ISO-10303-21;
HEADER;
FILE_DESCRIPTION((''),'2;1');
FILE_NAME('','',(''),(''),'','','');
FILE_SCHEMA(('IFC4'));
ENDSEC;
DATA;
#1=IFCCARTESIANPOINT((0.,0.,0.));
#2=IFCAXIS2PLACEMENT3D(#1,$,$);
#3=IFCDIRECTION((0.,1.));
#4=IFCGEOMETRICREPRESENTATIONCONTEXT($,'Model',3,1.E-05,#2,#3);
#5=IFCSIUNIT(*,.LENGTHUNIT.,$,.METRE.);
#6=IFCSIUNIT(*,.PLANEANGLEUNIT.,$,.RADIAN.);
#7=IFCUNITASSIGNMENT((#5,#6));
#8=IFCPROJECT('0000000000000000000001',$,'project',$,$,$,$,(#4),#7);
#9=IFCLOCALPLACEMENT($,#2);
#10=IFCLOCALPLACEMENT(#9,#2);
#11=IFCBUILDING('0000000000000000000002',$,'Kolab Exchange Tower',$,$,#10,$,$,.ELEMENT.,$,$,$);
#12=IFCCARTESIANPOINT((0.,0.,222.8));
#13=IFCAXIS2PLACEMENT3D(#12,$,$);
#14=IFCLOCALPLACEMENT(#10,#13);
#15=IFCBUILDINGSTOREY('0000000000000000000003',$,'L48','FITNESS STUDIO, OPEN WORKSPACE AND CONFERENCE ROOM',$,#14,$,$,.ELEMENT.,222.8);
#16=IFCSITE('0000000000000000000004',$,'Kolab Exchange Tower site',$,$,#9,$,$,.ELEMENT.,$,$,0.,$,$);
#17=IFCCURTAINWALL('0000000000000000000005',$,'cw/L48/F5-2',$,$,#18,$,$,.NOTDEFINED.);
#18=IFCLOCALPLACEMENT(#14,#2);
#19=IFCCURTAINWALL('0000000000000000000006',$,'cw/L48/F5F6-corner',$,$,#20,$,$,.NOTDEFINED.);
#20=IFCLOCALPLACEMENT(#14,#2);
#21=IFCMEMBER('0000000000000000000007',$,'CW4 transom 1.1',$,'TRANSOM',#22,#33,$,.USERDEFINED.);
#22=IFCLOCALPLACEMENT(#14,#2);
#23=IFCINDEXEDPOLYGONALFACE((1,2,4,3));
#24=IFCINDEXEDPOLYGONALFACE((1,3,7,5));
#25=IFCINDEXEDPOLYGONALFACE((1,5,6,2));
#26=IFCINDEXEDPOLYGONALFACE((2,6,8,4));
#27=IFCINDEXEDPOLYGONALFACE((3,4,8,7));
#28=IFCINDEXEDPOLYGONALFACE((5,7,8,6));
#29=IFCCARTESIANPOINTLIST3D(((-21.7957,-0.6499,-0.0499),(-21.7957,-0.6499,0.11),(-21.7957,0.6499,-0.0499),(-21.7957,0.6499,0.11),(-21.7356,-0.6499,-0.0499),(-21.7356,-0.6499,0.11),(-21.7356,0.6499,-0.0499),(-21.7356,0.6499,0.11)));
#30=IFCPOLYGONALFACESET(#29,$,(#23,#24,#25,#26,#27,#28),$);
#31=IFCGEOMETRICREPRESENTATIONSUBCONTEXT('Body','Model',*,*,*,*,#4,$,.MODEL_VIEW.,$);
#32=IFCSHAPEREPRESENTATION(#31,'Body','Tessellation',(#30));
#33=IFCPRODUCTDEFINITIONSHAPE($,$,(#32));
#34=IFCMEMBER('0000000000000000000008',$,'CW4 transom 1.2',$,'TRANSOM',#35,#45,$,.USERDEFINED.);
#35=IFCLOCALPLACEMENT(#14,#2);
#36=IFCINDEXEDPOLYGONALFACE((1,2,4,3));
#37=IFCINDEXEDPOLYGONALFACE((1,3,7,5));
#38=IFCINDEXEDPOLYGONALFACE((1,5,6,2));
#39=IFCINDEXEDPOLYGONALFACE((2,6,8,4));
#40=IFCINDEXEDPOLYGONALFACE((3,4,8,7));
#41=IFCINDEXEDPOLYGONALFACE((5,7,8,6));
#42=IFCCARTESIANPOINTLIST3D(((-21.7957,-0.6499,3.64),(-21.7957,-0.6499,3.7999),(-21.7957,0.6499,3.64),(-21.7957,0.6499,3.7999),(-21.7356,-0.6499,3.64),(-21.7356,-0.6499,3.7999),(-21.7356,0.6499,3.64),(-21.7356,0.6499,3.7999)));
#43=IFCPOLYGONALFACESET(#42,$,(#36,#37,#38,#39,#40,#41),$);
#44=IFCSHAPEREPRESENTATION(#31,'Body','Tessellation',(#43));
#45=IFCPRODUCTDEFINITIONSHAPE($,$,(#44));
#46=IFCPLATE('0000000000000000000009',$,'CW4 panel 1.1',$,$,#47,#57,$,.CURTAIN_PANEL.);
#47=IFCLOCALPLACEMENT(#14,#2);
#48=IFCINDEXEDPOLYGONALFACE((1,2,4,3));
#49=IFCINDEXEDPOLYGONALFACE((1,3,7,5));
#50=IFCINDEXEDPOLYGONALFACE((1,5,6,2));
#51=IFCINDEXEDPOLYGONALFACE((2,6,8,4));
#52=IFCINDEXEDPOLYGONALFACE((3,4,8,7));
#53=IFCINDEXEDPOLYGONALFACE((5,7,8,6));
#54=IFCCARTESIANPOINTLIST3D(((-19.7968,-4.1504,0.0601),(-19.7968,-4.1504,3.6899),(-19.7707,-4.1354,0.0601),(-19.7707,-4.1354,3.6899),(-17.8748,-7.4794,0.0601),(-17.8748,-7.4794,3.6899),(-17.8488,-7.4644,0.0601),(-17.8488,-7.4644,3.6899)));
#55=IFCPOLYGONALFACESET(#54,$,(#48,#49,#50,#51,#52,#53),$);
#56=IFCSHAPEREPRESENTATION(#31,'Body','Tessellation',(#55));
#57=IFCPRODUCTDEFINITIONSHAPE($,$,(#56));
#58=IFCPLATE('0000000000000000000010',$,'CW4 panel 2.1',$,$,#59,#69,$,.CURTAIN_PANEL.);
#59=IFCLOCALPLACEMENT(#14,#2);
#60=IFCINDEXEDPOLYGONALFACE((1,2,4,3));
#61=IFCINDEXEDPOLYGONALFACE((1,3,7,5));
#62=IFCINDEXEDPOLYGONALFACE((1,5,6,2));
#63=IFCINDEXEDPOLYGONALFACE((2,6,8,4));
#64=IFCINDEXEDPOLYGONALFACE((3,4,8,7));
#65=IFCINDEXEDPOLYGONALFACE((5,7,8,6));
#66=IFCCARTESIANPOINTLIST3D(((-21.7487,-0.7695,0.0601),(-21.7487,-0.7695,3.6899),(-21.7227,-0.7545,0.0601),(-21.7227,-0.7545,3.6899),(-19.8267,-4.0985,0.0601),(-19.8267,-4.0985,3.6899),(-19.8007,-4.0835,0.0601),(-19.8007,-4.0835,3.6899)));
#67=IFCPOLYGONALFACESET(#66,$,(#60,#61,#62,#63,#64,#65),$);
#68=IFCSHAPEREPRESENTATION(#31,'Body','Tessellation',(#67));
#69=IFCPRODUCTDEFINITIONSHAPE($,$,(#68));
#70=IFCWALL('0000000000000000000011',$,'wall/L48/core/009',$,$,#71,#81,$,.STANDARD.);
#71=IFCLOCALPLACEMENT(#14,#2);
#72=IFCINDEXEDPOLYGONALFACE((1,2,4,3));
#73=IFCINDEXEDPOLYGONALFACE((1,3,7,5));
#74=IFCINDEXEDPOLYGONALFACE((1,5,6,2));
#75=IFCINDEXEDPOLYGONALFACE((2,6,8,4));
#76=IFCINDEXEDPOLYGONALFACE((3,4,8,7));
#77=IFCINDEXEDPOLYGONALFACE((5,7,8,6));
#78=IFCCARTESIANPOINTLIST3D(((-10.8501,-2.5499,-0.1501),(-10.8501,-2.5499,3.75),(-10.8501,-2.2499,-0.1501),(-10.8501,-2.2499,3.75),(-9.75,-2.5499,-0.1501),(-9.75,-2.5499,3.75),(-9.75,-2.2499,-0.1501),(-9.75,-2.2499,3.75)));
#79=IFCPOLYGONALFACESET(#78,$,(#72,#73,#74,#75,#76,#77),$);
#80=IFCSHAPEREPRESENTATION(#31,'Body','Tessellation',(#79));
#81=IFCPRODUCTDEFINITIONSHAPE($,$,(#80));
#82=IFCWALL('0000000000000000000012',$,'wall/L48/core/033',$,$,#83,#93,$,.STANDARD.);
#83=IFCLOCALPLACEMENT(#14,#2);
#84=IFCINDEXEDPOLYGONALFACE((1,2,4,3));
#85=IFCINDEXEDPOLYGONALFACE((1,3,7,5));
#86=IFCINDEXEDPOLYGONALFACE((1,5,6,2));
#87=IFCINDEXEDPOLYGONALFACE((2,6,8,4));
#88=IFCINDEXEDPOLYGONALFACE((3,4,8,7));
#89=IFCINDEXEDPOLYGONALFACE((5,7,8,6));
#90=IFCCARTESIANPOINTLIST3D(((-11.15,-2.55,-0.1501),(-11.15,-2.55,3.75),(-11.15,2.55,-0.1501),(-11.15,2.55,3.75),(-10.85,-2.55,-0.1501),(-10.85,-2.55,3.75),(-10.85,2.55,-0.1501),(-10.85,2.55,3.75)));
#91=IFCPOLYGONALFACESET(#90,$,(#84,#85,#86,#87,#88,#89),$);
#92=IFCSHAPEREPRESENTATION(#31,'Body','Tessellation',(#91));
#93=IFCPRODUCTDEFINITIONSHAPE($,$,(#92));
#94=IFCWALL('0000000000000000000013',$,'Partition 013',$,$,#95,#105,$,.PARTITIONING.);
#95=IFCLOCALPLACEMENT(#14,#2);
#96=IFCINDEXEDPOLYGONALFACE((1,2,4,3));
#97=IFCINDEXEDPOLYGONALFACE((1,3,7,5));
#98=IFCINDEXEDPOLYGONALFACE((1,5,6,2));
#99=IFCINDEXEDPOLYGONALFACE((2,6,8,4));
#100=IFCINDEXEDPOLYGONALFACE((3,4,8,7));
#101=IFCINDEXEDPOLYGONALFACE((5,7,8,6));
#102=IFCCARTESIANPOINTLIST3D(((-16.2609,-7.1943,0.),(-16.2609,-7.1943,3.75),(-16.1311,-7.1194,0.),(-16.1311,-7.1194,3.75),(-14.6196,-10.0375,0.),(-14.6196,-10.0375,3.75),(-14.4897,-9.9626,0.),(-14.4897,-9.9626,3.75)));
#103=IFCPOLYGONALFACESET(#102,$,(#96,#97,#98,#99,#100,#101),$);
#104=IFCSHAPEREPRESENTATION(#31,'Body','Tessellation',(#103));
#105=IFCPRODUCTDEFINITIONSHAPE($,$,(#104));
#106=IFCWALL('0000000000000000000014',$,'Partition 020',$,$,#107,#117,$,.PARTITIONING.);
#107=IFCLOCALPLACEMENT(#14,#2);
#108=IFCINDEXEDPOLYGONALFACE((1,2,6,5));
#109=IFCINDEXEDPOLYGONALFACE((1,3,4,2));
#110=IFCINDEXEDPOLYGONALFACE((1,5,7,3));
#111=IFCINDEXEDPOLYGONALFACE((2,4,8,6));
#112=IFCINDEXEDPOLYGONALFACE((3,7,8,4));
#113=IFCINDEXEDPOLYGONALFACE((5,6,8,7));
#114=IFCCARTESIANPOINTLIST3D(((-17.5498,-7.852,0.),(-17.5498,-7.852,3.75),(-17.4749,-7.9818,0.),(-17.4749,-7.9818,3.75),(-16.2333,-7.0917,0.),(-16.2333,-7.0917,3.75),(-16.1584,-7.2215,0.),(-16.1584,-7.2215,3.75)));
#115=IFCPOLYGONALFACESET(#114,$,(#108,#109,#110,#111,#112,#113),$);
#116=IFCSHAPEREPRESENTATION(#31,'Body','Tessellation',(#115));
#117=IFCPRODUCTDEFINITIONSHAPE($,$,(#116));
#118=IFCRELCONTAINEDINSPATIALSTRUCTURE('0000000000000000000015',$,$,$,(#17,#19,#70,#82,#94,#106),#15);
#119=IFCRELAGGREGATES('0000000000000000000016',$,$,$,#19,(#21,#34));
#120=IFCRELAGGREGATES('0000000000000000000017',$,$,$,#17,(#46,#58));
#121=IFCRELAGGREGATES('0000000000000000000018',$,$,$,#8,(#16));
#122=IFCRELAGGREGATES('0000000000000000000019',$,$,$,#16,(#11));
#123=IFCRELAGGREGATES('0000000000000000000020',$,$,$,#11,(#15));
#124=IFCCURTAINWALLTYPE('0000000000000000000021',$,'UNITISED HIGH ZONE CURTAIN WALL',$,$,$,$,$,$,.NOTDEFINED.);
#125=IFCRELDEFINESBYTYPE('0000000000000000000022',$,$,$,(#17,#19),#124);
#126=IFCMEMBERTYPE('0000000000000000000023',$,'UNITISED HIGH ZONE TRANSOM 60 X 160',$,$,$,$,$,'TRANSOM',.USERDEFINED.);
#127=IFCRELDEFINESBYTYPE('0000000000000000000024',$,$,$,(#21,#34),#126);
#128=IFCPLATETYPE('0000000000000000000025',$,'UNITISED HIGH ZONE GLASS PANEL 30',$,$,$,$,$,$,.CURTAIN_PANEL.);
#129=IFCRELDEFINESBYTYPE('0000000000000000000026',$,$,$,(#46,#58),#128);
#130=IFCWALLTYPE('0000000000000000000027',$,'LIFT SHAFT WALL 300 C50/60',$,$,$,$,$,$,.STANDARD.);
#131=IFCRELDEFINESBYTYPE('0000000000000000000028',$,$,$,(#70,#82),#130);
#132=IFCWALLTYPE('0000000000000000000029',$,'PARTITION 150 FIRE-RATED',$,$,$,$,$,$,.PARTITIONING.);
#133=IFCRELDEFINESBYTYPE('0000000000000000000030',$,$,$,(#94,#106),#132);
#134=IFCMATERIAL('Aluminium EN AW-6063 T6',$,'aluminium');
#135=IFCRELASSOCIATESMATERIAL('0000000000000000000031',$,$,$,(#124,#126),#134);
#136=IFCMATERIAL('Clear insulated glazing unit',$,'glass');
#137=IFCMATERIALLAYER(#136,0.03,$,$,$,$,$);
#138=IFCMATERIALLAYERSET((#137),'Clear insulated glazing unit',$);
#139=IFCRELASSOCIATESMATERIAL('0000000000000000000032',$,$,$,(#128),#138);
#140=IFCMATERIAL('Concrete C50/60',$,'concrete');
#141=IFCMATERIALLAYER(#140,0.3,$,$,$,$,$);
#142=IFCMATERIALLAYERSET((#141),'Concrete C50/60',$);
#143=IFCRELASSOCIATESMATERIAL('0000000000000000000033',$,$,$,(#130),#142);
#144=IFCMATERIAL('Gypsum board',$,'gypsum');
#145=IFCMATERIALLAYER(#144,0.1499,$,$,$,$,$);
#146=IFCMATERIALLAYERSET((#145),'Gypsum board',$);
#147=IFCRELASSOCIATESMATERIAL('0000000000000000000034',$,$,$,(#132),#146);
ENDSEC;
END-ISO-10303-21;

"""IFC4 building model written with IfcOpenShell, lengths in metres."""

from ifc_helpers import new_model, si_unit, direction, frame, frame_2d, origin, origin_2d, place, context, subcontext, project, spatial, rectangle, extrude, material, layer, layer_set, material_profile, profile_set, type_object, element, aggregate, save


model = new_model("IFC4")

# Units and contexts
model_context = context("Model", 3, precision=1e-05, world=origin(), true_north=direction((0.0, 1.0)))
body_context = subcontext(model_context, "Body", "Model", "MODEL_VIEW")
ifc_project = project(units=[si_unit("LENGTHUNIT", "METRE"), si_unit("PLANEANGLEUNIT", "RADIAN")], contexts=[model_context])

# Site, building, storey
site_placement = place(None, origin())
site = spatial("IfcSite", under=ifc_project, at=site_placement, Name="Kolab Exchange Tower site", CompositionType="ELEMENT", RefElevation=0.0)
building_placement = place(site_placement, origin())
building = spatial("IfcBuilding", under=site, at=building_placement, Name="Kolab Exchange Tower", CompositionType="ELEMENT")
storey_placement = place(building_placement, frame((0.0, 0.0, 222.8)))
storey = spatial("IfcBuildingStorey", under=building, at=storey_placement, Name="L48", Description="FITNESS STUDIO, OPEN WORKSPACE AND CONFERENCE ROOM", CompositionType="ELEMENT", Elevation=222.8)

# Shared definitions
ifc_material_1 = material(Name="Concrete C50/60", Category="concrete")

# Curtain wall
ifc_material_2 = material(Name="Aluminium EN AW-6063 T6", Category="aluminium")
curtain_wall_type = type_object("IfcCurtainWallType", Name="UNITISED HIGH ZONE CURTAIN WALL", PredefinedType="NOTDEFINED", material=ifc_material_2)
curtain_wall_1_placement = place(storey_placement, origin())
curtain_wall_1 = element("IfcCurtainWall", 1, at=curtain_wall_1_placement, inside=storey, type_object=curtain_wall_type, Name="cw/L48/F5-2", PredefinedType="NOTDEFINED")

# Curtain wall
curtain_wall_2_placement = place(storey_placement, origin())
curtain_wall_2 = element("IfcCurtainWall", 2, at=curtain_wall_2_placement, inside=storey, type_object=curtain_wall_type, Name="cw/L48/F5F6-corner", PredefinedType="NOTDEFINED")

# Members
ifc_material_profile_1 = material_profile(ifc_material_2, rectangle(XDim=0.0601, YDim=0.1599, at=origin_2d()), Name="RECT 60X160")
ifc_profile_set_1 = profile_set([ifc_material_profile_1], Name="Aluminium EN AW-6063 T6")
member_type_1 = type_object("IfcMemberType", Name="UNITISED HIGH ZONE TRANSOM 60 X 160", ElementType="TRANSOM", PredefinedType="USERDEFINED", material=ifc_profile_set_1)
member_1_placement = place(storey_placement, frame((-21.7656, -0.6499, 0.03), z_axis=(0.0, 1.0, 0.0), x_axis=(-1.0, 0.0, 0.0)))
member_1 = element("IfcMember", 3, at=member_1_placement, type_object=member_type_1, Name="CW4 transom 1.1", ObjectType="TRANSOM", PredefinedType="USERDEFINED", context=body_context, shape_type="SweptSolid", body=[
    extrude(rectangle(XDim=0.0601, YDim=0.1599, at=origin_2d()), origin(), (0.0, 0.0, 1.0), 1.2998),
])
member_2_placement = place(storey_placement, frame((-21.7656, -0.6499, 3.72), z_axis=(0.0, 1.0, 0.0), x_axis=(-1.0, 0.0, 0.0)))
member_2 = element("IfcMember", 4, at=member_2_placement, type_object=member_type_1, Name="CW4 transom 1.2", ObjectType="TRANSOM", PredefinedType="USERDEFINED", context=body_context, shape_type="SweptSolid", body=[
    extrude(rectangle(XDim=0.0601, YDim=0.1599, at=origin_2d()), origin(), (0.0, 0.0, 1.0), 1.2998),
])
aggregate(curtain_wall_2, [member_1, member_2])

# Plates
ifc_material_3 = material(Name="Clear insulated glazing unit", Category="glass")
ifc_layer_1 = layer(ifc_material_3, 0.03)
ifc_layer_set_1 = layer_set([ifc_layer_1], Name="Clear insulated glazing unit")
plate_type = type_object("IfcPlateType", Name="UNITISED HIGH ZONE GLASS PANEL 30", PredefinedType="CURTAIN_PANEL", material=ifc_layer_set_1)
plate_1_placement = place(storey_placement, frame((-18.8228, -5.8074, 0.0601), z_axis=(0.0, 0.0, 1.0), x_axis=(-0.5, 0.866025, 0.0)))
plate_1 = element("IfcPlate", 5, at=plate_1_placement, type_object=plate_type, Name="CW4 panel 1.1", PredefinedType="CURTAIN_PANEL", context=body_context, shape_type="SweptSolid", body=[
    extrude(rectangle(XDim=3.844, YDim=0.03, at=origin_2d()), origin(), (0.0, 0.0, 1.0), 3.6299),
])
plate_2_placement = place(storey_placement, frame((-20.7747, -2.4265, 0.0601), z_axis=(0.0, 0.0, 1.0), x_axis=(-0.5, 0.866025, 0.0)))
plate_2 = element("IfcPlate", 6, at=plate_2_placement, type_object=plate_type, Name="CW4 panel 2.1", PredefinedType="CURTAIN_PANEL", context=body_context, shape_type="SweptSolid", body=[
    extrude(rectangle(XDim=3.844, YDim=0.03, at=origin_2d()), origin(), (0.0, 0.0, 1.0), 3.6299),
])
aggregate(curtain_wall_1, [plate_1, plate_2])

# Walls
ifc_layer_2 = layer(ifc_material_1, 0.3)
ifc_layer_set_2 = layer_set([ifc_layer_2], Name="Concrete C50/60")
wall_type_1 = type_object("IfcWallType", Name="LIFT SHAFT WALL 300 C50/60", PredefinedType="STANDARD", material=ifc_layer_set_2)
wall_1_placement = place(storey_placement, frame((-10.8501, -2.3999, -0.1501), z_axis=(0.0, 0.0, 1.0), x_axis=(1.0, 0.0, 0.0)))
element("IfcWall", 7, at=wall_1_placement, inside=storey, type_object=wall_type_1, Name="wall/L48/core/009", PredefinedType="STANDARD", context=body_context, shape_type="SweptSolid", body=[
    extrude(rectangle(XDim=1.1001, YDim=0.3, at=frame_2d((0.55, 0.0))), origin(), (0.0, 0.0, 1.0), 3.9001),
])
wall_2_placement = place(storey_placement, frame((-11.0, -2.55, -0.1501), z_axis=(0.0, 0.0, 1.0), x_axis=(0.0, 1.0, 0.0)))
element("IfcWall", 8, at=wall_2_placement, inside=storey, type_object=wall_type_1, Name="wall/L48/core/033", PredefinedType="STANDARD", context=body_context, shape_type="SweptSolid", body=[
    extrude(rectangle(XDim=5.1001, YDim=0.3, at=frame_2d((2.55, 0.0))), origin(), (0.0, 0.0, 1.0), 3.9001),
])
ifc_material_4 = material(Name="Gypsum board", Category="gypsum")
ifc_layer_3 = layer(ifc_material_4, 0.1499)
ifc_layer_set_3 = layer_set([ifc_layer_3], Name="Gypsum board")
wall_type_2 = type_object("IfcWallType", Name="PARTITION 150 FIRE-RATED", PredefinedType="PARTITIONING", material=ifc_layer_set_3)
wall_3_placement = place(storey_placement, frame((-16.196, -7.1567, 0.0), z_axis=(0.0, 0.0, 1.0), x_axis=(0.499954, -0.866052, 0.0)))
element("IfcWall", 9, at=wall_3_placement, inside=storey, type_object=wall_type_2, Name="Partition 013", PredefinedType="PARTITIONING", context=body_context, shape_type="SweptSolid", body=[
    extrude(rectangle(XDim=3.283, YDim=0.1499, at=frame_2d((1.6416, 0.0))), origin(), (0.0, 0.0, 1.0), 3.75),
])
wall_4_placement = place(storey_placement, frame((-17.5125, -7.917, 0.0), z_axis=(0.0, 0.0, 1.0), x_axis=(0.865961, 0.500112, 0.0)))
element("IfcWall", 10, at=wall_4_placement, inside=storey, type_object=wall_type_2, Name="Partition 020", PredefinedType="PARTITIONING", context=body_context, shape_type="SweptSolid", body=[
    extrude(rectangle(XDim=1.5203, YDim=0.1499, at=frame_2d((0.7603, 0.0))), origin(), (0.0, 0.0, 1.0), 3.75),
])

save(model, "model.ifc")
